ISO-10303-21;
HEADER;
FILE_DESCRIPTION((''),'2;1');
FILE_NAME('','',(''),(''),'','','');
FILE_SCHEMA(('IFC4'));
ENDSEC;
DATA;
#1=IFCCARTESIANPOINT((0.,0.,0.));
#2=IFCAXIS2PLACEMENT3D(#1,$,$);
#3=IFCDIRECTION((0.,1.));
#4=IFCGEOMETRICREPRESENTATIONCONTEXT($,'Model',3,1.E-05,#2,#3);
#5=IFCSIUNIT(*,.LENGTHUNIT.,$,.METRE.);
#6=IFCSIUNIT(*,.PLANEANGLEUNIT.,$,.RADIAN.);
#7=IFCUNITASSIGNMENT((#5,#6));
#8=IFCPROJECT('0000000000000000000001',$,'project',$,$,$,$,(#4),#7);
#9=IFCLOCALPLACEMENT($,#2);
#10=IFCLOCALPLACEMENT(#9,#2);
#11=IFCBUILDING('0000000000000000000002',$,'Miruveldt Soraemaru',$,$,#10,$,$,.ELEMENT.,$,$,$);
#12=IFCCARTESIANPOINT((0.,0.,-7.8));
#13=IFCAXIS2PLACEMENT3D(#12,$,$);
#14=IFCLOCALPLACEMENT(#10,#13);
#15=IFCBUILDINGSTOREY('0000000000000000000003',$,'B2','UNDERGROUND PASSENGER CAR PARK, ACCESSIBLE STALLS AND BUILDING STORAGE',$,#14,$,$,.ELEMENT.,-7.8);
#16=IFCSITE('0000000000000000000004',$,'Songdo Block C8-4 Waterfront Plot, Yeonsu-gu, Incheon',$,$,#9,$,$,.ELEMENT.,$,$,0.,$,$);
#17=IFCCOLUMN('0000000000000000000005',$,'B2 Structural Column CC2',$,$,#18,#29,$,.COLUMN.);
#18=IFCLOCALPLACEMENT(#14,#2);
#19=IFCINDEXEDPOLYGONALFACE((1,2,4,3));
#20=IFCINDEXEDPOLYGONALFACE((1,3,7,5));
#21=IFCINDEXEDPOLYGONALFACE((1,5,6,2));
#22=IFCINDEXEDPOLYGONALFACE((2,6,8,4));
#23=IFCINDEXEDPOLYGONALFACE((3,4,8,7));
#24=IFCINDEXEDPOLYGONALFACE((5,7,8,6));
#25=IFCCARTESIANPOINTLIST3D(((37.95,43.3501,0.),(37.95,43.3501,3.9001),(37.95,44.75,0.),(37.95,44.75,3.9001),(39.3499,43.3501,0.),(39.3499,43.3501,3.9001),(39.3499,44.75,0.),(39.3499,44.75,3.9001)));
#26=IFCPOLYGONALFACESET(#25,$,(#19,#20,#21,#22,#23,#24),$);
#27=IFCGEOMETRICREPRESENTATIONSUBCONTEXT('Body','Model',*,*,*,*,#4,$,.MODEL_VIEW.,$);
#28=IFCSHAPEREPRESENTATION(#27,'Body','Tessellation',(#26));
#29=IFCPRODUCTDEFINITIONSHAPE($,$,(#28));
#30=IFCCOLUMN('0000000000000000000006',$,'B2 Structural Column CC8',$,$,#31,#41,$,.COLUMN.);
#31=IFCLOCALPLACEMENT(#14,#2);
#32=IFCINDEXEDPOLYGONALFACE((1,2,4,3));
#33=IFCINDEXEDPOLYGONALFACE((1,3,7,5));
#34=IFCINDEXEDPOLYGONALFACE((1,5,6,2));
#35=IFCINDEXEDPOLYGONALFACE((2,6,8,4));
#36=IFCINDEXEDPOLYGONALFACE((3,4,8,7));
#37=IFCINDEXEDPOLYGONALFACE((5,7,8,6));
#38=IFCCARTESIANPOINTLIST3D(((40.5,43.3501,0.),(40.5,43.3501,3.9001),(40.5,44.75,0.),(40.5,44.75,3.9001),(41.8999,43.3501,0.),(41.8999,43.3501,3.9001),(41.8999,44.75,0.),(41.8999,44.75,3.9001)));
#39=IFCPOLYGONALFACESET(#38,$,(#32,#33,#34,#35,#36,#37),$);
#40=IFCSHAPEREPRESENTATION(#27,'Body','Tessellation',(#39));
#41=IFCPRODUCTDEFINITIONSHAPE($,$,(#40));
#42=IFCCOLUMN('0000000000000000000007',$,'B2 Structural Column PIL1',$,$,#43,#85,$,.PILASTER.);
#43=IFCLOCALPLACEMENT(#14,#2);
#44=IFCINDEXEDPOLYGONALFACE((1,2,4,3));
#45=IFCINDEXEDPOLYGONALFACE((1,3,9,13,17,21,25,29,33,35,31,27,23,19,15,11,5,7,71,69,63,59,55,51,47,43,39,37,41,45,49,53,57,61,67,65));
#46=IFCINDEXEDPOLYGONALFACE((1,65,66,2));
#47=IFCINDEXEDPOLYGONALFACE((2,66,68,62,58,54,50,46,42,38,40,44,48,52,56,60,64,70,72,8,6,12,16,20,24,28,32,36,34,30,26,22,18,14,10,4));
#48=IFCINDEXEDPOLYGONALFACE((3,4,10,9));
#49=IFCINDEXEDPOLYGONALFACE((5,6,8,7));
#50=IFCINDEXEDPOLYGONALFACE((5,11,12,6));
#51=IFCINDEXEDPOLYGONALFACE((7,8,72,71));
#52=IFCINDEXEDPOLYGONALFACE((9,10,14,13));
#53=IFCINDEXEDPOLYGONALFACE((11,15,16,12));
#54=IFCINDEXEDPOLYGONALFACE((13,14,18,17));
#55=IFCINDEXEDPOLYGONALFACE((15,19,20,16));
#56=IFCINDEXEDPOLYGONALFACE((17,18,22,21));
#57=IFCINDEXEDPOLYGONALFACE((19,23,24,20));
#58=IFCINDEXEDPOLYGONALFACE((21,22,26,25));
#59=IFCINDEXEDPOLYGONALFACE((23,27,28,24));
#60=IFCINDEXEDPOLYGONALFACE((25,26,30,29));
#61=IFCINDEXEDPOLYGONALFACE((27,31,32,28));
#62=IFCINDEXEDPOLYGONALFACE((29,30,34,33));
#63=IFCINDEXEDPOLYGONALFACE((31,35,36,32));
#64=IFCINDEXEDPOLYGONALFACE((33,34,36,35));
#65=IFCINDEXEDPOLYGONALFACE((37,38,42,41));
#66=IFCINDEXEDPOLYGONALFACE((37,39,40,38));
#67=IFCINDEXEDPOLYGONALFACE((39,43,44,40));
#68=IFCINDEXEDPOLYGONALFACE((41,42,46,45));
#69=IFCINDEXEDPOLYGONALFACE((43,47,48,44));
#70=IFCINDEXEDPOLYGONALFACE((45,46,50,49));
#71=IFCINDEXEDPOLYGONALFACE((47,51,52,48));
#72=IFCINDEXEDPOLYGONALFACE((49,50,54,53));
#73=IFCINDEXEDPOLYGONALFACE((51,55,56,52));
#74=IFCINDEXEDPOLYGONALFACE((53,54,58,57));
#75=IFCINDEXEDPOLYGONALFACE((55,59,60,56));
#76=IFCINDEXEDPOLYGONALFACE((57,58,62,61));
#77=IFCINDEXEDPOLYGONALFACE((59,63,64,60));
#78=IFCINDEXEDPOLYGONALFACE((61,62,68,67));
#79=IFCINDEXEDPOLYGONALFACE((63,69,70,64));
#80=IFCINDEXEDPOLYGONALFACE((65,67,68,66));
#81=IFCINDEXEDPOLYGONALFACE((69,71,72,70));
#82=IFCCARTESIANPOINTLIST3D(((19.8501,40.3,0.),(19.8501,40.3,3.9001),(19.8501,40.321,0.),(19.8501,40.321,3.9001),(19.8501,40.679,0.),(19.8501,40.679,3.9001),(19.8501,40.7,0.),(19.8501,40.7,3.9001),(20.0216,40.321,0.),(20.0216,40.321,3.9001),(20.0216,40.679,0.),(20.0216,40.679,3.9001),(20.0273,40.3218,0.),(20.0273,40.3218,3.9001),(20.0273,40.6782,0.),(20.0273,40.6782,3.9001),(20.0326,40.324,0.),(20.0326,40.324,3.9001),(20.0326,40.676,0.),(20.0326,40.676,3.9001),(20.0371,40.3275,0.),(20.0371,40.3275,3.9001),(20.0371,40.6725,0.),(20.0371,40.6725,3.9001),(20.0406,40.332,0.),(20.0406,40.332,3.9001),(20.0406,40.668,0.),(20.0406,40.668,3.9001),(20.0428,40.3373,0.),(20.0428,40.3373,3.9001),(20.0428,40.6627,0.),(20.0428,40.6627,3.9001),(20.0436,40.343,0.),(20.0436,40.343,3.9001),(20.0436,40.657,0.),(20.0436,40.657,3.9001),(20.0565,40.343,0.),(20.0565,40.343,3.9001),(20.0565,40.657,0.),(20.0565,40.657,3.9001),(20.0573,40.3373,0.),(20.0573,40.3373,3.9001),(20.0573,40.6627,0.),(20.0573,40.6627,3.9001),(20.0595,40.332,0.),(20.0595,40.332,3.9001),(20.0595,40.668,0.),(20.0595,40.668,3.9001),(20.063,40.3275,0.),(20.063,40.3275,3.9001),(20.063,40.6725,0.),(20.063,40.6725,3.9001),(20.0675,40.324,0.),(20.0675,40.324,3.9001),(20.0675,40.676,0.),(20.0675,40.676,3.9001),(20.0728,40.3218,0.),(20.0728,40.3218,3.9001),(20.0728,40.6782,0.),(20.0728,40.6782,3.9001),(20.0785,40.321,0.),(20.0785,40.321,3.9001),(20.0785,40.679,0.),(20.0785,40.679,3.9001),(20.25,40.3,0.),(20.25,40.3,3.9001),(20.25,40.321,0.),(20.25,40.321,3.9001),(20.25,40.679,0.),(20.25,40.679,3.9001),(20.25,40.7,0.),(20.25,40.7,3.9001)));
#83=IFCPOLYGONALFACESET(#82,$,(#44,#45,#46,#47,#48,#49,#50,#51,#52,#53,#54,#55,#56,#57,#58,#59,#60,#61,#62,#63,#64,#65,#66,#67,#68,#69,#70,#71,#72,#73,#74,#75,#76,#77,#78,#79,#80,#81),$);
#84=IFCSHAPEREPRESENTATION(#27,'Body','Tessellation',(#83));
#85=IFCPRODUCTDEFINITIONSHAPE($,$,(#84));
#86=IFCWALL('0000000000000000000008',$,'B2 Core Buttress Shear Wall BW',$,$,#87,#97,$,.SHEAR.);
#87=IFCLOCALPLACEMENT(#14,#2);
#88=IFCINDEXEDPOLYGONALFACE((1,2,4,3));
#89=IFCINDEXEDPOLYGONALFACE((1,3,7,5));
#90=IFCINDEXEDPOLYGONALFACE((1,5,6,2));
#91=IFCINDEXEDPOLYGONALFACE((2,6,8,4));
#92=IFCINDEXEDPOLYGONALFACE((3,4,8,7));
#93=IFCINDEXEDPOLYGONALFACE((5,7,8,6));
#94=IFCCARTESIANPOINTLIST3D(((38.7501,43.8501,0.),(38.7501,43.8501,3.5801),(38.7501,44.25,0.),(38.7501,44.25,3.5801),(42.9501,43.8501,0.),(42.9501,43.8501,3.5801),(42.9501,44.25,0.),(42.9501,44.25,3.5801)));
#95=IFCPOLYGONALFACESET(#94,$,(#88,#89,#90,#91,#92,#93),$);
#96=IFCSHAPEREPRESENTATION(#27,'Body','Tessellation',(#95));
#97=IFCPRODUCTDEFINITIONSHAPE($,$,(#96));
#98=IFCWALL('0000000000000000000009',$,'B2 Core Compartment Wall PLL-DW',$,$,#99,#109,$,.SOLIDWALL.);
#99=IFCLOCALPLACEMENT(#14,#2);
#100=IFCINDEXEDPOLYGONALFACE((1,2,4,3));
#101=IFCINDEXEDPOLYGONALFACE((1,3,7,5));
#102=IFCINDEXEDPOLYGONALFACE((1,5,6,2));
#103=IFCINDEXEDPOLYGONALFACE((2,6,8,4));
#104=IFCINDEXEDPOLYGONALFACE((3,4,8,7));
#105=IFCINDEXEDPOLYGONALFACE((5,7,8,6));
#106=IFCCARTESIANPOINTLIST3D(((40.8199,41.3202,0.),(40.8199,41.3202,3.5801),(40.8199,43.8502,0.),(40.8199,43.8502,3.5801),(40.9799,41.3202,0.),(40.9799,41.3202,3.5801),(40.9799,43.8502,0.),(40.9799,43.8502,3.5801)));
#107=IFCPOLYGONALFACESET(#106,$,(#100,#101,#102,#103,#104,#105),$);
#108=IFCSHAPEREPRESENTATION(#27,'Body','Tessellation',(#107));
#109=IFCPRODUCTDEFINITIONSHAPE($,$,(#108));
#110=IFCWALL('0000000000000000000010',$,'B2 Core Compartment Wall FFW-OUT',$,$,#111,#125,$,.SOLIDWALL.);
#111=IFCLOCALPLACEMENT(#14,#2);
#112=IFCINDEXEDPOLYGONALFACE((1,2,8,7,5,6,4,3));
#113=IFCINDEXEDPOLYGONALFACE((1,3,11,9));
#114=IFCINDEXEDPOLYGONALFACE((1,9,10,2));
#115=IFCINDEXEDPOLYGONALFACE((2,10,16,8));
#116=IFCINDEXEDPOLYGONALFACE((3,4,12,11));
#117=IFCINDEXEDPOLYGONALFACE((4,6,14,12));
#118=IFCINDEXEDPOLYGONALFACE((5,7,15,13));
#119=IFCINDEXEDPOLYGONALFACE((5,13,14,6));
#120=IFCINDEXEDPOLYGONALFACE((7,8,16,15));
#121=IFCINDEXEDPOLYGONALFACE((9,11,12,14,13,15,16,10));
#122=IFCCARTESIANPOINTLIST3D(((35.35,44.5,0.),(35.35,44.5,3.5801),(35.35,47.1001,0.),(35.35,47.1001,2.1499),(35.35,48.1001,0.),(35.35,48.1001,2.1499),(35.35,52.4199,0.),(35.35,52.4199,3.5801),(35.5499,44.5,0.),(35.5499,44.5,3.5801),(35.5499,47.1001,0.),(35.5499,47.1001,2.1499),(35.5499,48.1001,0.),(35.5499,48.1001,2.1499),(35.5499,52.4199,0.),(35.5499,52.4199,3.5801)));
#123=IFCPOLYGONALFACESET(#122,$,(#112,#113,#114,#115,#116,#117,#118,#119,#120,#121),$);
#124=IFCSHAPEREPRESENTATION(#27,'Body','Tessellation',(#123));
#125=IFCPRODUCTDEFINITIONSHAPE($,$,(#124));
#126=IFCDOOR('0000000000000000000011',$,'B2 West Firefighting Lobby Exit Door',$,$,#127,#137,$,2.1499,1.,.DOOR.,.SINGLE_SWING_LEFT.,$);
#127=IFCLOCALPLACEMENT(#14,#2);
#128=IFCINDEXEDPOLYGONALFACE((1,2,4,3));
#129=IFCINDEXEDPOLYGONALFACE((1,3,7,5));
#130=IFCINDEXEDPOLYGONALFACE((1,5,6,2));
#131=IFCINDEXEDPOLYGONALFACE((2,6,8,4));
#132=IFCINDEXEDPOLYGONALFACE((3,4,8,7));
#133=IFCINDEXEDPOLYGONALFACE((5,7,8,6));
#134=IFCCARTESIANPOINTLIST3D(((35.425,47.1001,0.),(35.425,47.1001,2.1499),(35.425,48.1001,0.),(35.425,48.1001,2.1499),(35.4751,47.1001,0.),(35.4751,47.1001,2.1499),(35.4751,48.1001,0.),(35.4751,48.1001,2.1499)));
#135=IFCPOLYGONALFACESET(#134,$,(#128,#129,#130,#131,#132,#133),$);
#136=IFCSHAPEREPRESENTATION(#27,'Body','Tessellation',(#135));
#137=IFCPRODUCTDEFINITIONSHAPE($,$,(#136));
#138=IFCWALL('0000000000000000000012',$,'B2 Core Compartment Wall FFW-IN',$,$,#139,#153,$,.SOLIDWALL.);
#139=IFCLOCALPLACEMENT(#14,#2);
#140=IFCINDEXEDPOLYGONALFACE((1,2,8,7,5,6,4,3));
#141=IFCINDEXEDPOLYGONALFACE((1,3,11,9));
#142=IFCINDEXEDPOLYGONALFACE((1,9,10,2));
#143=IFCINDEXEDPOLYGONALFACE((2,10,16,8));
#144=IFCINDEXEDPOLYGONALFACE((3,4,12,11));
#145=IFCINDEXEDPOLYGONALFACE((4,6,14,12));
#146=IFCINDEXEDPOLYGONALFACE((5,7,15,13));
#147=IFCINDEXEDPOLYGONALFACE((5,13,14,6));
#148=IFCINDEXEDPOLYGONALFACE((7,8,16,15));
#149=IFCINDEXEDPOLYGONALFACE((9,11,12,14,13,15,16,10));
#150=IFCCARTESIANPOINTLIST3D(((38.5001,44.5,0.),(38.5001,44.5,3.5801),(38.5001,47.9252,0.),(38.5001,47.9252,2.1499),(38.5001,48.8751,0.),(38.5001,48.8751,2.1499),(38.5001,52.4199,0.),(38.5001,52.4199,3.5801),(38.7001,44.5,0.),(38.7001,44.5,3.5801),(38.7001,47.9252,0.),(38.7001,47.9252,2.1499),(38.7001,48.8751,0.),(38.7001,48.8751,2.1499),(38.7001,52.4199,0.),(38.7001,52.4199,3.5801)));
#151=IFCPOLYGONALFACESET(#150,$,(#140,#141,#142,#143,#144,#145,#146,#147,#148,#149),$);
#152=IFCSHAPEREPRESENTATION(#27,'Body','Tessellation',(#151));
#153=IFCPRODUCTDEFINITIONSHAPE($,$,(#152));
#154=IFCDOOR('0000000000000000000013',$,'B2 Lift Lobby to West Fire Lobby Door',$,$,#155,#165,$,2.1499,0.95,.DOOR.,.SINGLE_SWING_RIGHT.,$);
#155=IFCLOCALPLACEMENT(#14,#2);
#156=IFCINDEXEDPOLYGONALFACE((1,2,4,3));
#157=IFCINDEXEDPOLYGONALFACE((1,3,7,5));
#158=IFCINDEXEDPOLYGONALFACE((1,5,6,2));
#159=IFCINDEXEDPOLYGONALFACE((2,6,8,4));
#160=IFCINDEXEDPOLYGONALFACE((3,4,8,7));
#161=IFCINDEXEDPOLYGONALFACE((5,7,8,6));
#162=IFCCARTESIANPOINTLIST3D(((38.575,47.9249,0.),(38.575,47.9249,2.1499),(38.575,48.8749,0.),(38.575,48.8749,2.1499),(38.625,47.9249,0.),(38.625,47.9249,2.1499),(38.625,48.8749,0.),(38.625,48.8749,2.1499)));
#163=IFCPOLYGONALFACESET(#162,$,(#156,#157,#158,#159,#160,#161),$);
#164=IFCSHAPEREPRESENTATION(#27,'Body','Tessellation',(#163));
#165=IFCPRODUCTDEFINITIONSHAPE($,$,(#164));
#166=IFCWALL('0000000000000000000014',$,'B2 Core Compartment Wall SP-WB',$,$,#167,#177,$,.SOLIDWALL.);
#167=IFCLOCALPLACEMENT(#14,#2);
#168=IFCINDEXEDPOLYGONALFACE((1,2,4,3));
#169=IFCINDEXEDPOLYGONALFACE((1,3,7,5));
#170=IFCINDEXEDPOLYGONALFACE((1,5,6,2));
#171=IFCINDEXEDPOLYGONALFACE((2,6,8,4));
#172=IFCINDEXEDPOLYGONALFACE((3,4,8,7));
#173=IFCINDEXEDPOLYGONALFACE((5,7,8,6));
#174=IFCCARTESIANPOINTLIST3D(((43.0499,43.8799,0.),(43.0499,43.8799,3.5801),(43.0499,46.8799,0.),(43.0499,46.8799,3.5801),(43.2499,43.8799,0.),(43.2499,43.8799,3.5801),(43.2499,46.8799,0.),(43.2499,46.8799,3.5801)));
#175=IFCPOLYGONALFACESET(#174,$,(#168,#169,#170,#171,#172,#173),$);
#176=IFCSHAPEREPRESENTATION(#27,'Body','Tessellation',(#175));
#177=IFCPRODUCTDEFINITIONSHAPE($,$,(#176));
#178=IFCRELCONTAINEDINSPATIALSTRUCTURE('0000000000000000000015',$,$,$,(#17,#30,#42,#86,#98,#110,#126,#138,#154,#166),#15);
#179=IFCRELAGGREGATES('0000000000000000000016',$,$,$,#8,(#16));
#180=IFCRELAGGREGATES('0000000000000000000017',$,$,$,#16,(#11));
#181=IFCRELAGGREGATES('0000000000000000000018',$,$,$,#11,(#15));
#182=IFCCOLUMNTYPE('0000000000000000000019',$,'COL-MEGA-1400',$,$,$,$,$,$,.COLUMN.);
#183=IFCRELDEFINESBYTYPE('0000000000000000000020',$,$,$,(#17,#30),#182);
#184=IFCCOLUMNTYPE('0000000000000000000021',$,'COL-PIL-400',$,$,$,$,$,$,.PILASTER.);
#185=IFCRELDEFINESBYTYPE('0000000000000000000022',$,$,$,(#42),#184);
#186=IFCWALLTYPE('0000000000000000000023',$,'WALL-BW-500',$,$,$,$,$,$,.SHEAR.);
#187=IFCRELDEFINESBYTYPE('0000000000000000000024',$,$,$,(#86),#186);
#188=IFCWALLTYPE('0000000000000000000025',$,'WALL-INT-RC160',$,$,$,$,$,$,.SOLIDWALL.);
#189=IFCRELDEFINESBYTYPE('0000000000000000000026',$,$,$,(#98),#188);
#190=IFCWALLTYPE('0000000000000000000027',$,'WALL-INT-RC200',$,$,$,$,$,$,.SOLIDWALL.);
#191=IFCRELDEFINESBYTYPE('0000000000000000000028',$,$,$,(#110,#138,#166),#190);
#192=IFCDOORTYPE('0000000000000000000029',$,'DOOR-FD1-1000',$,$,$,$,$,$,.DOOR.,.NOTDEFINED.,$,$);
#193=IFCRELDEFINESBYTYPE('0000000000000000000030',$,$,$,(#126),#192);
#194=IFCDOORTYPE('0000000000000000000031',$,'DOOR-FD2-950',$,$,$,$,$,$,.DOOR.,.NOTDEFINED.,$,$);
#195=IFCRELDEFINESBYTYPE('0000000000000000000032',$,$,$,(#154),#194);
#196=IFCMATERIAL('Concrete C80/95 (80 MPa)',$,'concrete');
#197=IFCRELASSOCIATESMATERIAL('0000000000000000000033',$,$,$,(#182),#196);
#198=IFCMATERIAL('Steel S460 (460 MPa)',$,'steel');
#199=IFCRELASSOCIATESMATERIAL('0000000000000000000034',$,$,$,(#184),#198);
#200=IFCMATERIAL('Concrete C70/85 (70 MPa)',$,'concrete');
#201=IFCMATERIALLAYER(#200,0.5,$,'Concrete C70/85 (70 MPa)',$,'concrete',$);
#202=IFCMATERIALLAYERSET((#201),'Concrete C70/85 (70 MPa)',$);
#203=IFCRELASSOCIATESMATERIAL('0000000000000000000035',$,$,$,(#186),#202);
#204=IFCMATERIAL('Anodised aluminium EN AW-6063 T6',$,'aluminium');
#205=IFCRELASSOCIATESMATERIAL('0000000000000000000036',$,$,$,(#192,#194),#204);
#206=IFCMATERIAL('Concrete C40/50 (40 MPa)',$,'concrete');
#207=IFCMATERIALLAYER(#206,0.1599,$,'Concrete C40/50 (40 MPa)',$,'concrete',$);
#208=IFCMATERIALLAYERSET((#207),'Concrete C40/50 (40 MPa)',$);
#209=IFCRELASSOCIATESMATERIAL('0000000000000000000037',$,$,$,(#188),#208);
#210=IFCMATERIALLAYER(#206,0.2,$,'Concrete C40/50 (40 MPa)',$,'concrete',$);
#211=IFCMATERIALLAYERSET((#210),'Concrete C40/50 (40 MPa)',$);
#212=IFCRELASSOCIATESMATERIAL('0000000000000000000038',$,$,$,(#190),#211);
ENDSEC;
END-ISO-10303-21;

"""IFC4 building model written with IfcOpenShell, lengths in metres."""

from ifc_helpers import new_model, si_unit, direction, frame, frame_2d, origin, origin_2d, place, context, subcontext, project, spatial, rectangle, i_section, extrude, material, layer, layer_set, material_profile, profile_set, type_object, element, fill, save


model = new_model("IFC4")

# Units and contexts
model_context = context("Model", 3, precision=1e-05, world=origin(), true_north=direction((0.0, 1.0)))
body_context = subcontext(model_context, "Body", "Model", "MODEL_VIEW")
ifc_project = project(units=[si_unit("LENGTHUNIT", "METRE"), si_unit("PLANEANGLEUNIT", "RADIAN")], contexts=[model_context])

# Site, building, storey
site_placement = place(None, origin())
site = spatial("IfcSite", under=ifc_project, at=site_placement, Name="Songdo Block C8-4 Waterfront Plot, Yeonsu-gu, Incheon", CompositionType="ELEMENT", RefElevation=0.0)
building_placement = place(site_placement, origin())
building = spatial("IfcBuilding", under=site, at=building_placement, Name="Miruveldt Soraemaru", CompositionType="ELEMENT")
storey_placement = place(building_placement, frame((0.0, 0.0, -7.8)))
storey = spatial("IfcBuildingStorey", under=building, at=storey_placement, Name="B2", Description="UNDERGROUND PASSENGER CAR PARK, ACCESSIBLE STALLS AND BUILDING STORAGE", CompositionType="ELEMENT", Elevation=-7.8)

# Columns
ifc_material_1 = material(Name="Concrete C80/95 (80 MPa)", Category="concrete")
ifc_material_profile_1 = material_profile(ifc_material_1, rectangle(XDim=1.3999, YDim=1.3999, at=origin_2d()), Name="Concrete C80/95 (80 MPa)", Category="concrete")
ifc_profile_set_1 = profile_set([ifc_material_profile_1], Name="Concrete C80/95 (80 MPa)")
column_type_1 = type_object("IfcColumnType", Name="COL-MEGA-1400", PredefinedType="COLUMN", material=ifc_profile_set_1)
for number, where, z_axis, x_axis, name in (
    (1, (38.6499, 44.05, 0.0), (0.0, 0.0, 1.0), (1.0, 0.0, 0.0), "B2 Structural Column CC2"),
    (2, (41.2, 44.05, 0.0), (0.0, 0.0, 1.0), (1.0, 0.0, 0.0), "B2 Structural Column CC8"),
):
    element("IfcColumn", number, at=place(storey_placement, frame(where, z_axis=z_axis, x_axis=x_axis)), inside=storey, type_object=column_type_1, Name=name, PredefinedType="COLUMN", context=body_context, shape_type="SweptSolid", body=[
        extrude(rectangle(XDim=1.3999, YDim=1.3999, at=origin_2d()), origin(), (0.0, 0.0, 1.0), 3.9001),
    ])
ifc_material_2 = material(Name="Steel S460 (460 MPa)", Category="steel")
ifc_material_profile_2 = material_profile(ifc_material_2, i_section(OverallWidth=0.3999, OverallDepth=0.3999, WebThickness=0.0129, FlangeThickness=0.021, FilletRadius=0.022, at=origin_2d()), Name="Steel S460 (460 MPa)", Category="steel")
ifc_profile_set_2 = profile_set([ifc_material_profile_2], Name="Steel S460 (460 MPa)")
column_type_2 = type_object("IfcColumnType", Name="COL-PIL-400", PredefinedType="PILASTER", material=ifc_profile_set_2)
column_placement = place(storey_placement, frame((20.05, 40.5, 0.0), z_axis=(0.0, 0.0, 1.0), x_axis=(1.0, 0.0, 0.0)))
element("IfcColumn", 3, at=column_placement, inside=storey, type_object=column_type_2, Name="B2 Structural Column PIL1", PredefinedType="PILASTER", context=body_context, shape_type="SweptSolid", body=[
    extrude(i_section(OverallWidth=0.3999, OverallDepth=0.3999, WebThickness=0.0129, FlangeThickness=0.021, FilletRadius=0.022, at=origin_2d()), origin(), (0.0, 0.0, 1.0), 3.9001),
])

# Wall
ifc_material_3 = material(Name="Concrete C70/85 (70 MPa)", Category="concrete")
ifc_layer_1 = layer(ifc_material_3, 0.5, Name="Concrete C70/85 (70 MPa)", Category="concrete")
ifc_layer_set_1 = layer_set([ifc_layer_1], Name="Concrete C70/85 (70 MPa)")
wall_type_1 = type_object("IfcWallType", Name="WALL-BW-500", PredefinedType="SHEAR", material=ifc_layer_set_1)
wall_1_placement = place(storey_placement, frame((38.75, 44.05, 0.0), z_axis=(0.0, 0.0, 1.0), x_axis=(1.0, 0.0, 0.0)))
element("IfcWall", 4, at=wall_1_placement, inside=storey, type_object=wall_type_1, Name="B2 Core Buttress Shear Wall BW", PredefinedType="SHEAR", context=body_context, shape_type="SweptSolid", body=[
    extrude(rectangle(XDim=4.2, YDim=0.3999, at=frame_2d((2.1001, 0.0))), origin(), (0.0, 0.0, 1.0), 3.5801),
])

# Shared definitions
ifc_material_4 = material(Name="Anodised aluminium EN AW-6063 T6", Category="aluminium")
door_type_1 = type_object("IfcDoorType", Name="DOOR-FD1-1000", OperationType="NOTDEFINED", PredefinedType="DOOR", material=ifc_material_4)

# Wall
ifc_material_5 = material(Name="Concrete C40/50 (40 MPa)", Category="concrete")
ifc_layer_2 = layer(ifc_material_5, 0.1599, Name="Concrete C40/50 (40 MPa)", Category="concrete")
ifc_layer_set_2 = layer_set([ifc_layer_2], Name="Concrete C40/50 (40 MPa)")
wall_type_2 = type_object("IfcWallType", Name="WALL-INT-RC160", PredefinedType="SOLIDWALL", material=ifc_layer_set_2)
wall_2_placement = place(storey_placement, frame((40.8999, 41.3201, 0.0), z_axis=(0.0, 0.0, 1.0), x_axis=(0.0, 1.0, 0.0)))
element("IfcWall", 5, at=wall_2_placement, inside=storey, type_object=wall_type_2, Name="B2 Core Compartment Wall PLL-DW", PredefinedType="SOLIDWALL", context=body_context, shape_type="SweptSolid", body=[
    extrude(rectangle(XDim=2.53, YDim=0.1599, at=frame_2d((1.2651, 0.0))), origin(), (0.0, 0.0, 1.0), 3.5801),
])

# Walls, openings, doors
ifc_layer_3 = layer(ifc_material_5, 0.2, Name="Concrete C40/50 (40 MPa)", Category="concrete")
ifc_layer_set_3 = layer_set([ifc_layer_3], Name="Concrete C40/50 (40 MPa)")
wall_type_3 = type_object("IfcWallType", Name="WALL-INT-RC200", PredefinedType="SOLIDWALL", material=ifc_layer_set_3)
wall_3_placement = place(storey_placement, frame((35.45, 44.5, 0.0), z_axis=(0.0, 0.0, 1.0), x_axis=(0.0, 1.0, 0.0)))
wall_3 = element("IfcWall", 6, at=wall_3_placement, inside=storey, type_object=wall_type_3, Name="B2 Core Compartment Wall FFW-OUT", PredefinedType="SOLIDWALL", context=body_context, shape_type="SweptSolid", body=[
    extrude(rectangle(XDim=7.9199, YDim=0.2, at=frame_2d((3.96, 0.0))), origin(), (0.0, 0.0, 1.0), 3.5801),
])
opening_1_placement = place(wall_3_placement, frame((2.6001, 0.0, 0.0)))
opening_1 = element("IfcOpeningElement", 7, at=opening_1_placement, cuts=wall_3, PredefinedType="OPENING", context=body_context, shape_type="SweptSolid", body=[
    extrude(rectangle(XDim=1.0, YDim=2.1499, at=frame_2d((0.5, 1.075))), frame((0.0, 0.1099, 0.0), z_axis=(0.0, -1.0, 0.0), x_axis=(1.0, 0.0, 0.0)), (0.0, 0.0, 1.0), 0.22),
])
door_1_placement = place(opening_1_placement, origin())
door_1 = element("IfcDoor", 8, at=door_1_placement, inside=storey, type_object=door_type_1, Name="B2 West Firefighting Lobby Exit Door", OperationType="SINGLE_SWING_LEFT", OverallHeight=2.1499, OverallWidth=1.0, PredefinedType="DOOR", context=body_context, shape_type="SweptSolid", body=[
    extrude(rectangle(XDim=1.0, YDim=2.1499, at=frame_2d((0.5, 1.075))), frame((0.0, 0.0249, 0.0), z_axis=(0.0, -1.0, 0.0), x_axis=(1.0, 0.0, 0.0)), (0.0, 0.0, 1.0), 0.05),
])
fill(opening_1, door_1)
wall_4_placement = place(storey_placement, frame((38.6001, 44.5, 0.0), z_axis=(0.0, 0.0, 1.0), x_axis=(0.0, 1.0, 0.0)))
wall_4 = element("IfcWall", 9, at=wall_4_placement, inside=storey, type_object=wall_type_3, Name="B2 Core Compartment Wall FFW-IN", PredefinedType="SOLIDWALL", context=body_context, shape_type="SweptSolid", body=[
    extrude(rectangle(XDim=7.9199, YDim=0.2, at=frame_2d((3.96, 0.0))), origin(), (0.0, 0.0, 1.0), 3.5801),
])
opening_2_placement = place(wall_4_placement, frame((3.425, 0.0, 0.0)))
opening_2 = element("IfcOpeningElement", 10, at=opening_2_placement, cuts=wall_4, PredefinedType="OPENING", context=body_context, shape_type="SweptSolid", body=[
    extrude(rectangle(XDim=0.95, YDim=2.1499, at=frame_2d((0.4751, 1.075))), frame((0.0, 0.1099, 0.0), z_axis=(0.0, -1.0, 0.0), x_axis=(1.0, 0.0, 0.0)), (0.0, 0.0, 1.0), 0.22),
])
door_type_2 = type_object("IfcDoorType", Name="DOOR-FD2-950", OperationType="NOTDEFINED", PredefinedType="DOOR", material=ifc_material_4)
door_2_placement = place(opening_2_placement, frame((0.95, 0.0, 0.0), z_axis=(0.0, 0.0, 1.0), x_axis=(-1.0, 0.0, 0.0)))
door_2 = element("IfcDoor", 11, at=door_2_placement, inside=storey, type_object=door_type_2, Name="B2 Lift Lobby to West Fire Lobby Door", OperationType="SINGLE_SWING_RIGHT", OverallHeight=2.1499, OverallWidth=0.95, PredefinedType="DOOR", context=body_context, shape_type="SweptSolid", body=[
    extrude(rectangle(XDim=0.95, YDim=2.1499, at=frame_2d((0.4751, 1.075))), frame((0.0, 0.0249, 0.0), z_axis=(0.0, -1.0, 0.0), x_axis=(1.0, 0.0, 0.0)), (0.0, 0.0, 1.0), 0.05),
])
fill(opening_2, door_2)

# Wall
wall_5_placement = place(storey_placement, frame((43.1499, 43.8799, 0.0), z_axis=(0.0, 0.0, 1.0), x_axis=(0.0, 1.0, 0.0)))
element("IfcWall", 12, at=wall_5_placement, inside=storey, type_object=wall_type_3, Name="B2 Core Compartment Wall SP-WB", PredefinedType="SOLIDWALL", context=body_context, shape_type="SweptSolid", body=[
    extrude(rectangle(XDim=3.0, YDim=0.2, at=frame_2d((1.5, 0.0))), origin(), (0.0, 0.0, 1.0), 3.5801),
])

save(model, "model.ifc")
